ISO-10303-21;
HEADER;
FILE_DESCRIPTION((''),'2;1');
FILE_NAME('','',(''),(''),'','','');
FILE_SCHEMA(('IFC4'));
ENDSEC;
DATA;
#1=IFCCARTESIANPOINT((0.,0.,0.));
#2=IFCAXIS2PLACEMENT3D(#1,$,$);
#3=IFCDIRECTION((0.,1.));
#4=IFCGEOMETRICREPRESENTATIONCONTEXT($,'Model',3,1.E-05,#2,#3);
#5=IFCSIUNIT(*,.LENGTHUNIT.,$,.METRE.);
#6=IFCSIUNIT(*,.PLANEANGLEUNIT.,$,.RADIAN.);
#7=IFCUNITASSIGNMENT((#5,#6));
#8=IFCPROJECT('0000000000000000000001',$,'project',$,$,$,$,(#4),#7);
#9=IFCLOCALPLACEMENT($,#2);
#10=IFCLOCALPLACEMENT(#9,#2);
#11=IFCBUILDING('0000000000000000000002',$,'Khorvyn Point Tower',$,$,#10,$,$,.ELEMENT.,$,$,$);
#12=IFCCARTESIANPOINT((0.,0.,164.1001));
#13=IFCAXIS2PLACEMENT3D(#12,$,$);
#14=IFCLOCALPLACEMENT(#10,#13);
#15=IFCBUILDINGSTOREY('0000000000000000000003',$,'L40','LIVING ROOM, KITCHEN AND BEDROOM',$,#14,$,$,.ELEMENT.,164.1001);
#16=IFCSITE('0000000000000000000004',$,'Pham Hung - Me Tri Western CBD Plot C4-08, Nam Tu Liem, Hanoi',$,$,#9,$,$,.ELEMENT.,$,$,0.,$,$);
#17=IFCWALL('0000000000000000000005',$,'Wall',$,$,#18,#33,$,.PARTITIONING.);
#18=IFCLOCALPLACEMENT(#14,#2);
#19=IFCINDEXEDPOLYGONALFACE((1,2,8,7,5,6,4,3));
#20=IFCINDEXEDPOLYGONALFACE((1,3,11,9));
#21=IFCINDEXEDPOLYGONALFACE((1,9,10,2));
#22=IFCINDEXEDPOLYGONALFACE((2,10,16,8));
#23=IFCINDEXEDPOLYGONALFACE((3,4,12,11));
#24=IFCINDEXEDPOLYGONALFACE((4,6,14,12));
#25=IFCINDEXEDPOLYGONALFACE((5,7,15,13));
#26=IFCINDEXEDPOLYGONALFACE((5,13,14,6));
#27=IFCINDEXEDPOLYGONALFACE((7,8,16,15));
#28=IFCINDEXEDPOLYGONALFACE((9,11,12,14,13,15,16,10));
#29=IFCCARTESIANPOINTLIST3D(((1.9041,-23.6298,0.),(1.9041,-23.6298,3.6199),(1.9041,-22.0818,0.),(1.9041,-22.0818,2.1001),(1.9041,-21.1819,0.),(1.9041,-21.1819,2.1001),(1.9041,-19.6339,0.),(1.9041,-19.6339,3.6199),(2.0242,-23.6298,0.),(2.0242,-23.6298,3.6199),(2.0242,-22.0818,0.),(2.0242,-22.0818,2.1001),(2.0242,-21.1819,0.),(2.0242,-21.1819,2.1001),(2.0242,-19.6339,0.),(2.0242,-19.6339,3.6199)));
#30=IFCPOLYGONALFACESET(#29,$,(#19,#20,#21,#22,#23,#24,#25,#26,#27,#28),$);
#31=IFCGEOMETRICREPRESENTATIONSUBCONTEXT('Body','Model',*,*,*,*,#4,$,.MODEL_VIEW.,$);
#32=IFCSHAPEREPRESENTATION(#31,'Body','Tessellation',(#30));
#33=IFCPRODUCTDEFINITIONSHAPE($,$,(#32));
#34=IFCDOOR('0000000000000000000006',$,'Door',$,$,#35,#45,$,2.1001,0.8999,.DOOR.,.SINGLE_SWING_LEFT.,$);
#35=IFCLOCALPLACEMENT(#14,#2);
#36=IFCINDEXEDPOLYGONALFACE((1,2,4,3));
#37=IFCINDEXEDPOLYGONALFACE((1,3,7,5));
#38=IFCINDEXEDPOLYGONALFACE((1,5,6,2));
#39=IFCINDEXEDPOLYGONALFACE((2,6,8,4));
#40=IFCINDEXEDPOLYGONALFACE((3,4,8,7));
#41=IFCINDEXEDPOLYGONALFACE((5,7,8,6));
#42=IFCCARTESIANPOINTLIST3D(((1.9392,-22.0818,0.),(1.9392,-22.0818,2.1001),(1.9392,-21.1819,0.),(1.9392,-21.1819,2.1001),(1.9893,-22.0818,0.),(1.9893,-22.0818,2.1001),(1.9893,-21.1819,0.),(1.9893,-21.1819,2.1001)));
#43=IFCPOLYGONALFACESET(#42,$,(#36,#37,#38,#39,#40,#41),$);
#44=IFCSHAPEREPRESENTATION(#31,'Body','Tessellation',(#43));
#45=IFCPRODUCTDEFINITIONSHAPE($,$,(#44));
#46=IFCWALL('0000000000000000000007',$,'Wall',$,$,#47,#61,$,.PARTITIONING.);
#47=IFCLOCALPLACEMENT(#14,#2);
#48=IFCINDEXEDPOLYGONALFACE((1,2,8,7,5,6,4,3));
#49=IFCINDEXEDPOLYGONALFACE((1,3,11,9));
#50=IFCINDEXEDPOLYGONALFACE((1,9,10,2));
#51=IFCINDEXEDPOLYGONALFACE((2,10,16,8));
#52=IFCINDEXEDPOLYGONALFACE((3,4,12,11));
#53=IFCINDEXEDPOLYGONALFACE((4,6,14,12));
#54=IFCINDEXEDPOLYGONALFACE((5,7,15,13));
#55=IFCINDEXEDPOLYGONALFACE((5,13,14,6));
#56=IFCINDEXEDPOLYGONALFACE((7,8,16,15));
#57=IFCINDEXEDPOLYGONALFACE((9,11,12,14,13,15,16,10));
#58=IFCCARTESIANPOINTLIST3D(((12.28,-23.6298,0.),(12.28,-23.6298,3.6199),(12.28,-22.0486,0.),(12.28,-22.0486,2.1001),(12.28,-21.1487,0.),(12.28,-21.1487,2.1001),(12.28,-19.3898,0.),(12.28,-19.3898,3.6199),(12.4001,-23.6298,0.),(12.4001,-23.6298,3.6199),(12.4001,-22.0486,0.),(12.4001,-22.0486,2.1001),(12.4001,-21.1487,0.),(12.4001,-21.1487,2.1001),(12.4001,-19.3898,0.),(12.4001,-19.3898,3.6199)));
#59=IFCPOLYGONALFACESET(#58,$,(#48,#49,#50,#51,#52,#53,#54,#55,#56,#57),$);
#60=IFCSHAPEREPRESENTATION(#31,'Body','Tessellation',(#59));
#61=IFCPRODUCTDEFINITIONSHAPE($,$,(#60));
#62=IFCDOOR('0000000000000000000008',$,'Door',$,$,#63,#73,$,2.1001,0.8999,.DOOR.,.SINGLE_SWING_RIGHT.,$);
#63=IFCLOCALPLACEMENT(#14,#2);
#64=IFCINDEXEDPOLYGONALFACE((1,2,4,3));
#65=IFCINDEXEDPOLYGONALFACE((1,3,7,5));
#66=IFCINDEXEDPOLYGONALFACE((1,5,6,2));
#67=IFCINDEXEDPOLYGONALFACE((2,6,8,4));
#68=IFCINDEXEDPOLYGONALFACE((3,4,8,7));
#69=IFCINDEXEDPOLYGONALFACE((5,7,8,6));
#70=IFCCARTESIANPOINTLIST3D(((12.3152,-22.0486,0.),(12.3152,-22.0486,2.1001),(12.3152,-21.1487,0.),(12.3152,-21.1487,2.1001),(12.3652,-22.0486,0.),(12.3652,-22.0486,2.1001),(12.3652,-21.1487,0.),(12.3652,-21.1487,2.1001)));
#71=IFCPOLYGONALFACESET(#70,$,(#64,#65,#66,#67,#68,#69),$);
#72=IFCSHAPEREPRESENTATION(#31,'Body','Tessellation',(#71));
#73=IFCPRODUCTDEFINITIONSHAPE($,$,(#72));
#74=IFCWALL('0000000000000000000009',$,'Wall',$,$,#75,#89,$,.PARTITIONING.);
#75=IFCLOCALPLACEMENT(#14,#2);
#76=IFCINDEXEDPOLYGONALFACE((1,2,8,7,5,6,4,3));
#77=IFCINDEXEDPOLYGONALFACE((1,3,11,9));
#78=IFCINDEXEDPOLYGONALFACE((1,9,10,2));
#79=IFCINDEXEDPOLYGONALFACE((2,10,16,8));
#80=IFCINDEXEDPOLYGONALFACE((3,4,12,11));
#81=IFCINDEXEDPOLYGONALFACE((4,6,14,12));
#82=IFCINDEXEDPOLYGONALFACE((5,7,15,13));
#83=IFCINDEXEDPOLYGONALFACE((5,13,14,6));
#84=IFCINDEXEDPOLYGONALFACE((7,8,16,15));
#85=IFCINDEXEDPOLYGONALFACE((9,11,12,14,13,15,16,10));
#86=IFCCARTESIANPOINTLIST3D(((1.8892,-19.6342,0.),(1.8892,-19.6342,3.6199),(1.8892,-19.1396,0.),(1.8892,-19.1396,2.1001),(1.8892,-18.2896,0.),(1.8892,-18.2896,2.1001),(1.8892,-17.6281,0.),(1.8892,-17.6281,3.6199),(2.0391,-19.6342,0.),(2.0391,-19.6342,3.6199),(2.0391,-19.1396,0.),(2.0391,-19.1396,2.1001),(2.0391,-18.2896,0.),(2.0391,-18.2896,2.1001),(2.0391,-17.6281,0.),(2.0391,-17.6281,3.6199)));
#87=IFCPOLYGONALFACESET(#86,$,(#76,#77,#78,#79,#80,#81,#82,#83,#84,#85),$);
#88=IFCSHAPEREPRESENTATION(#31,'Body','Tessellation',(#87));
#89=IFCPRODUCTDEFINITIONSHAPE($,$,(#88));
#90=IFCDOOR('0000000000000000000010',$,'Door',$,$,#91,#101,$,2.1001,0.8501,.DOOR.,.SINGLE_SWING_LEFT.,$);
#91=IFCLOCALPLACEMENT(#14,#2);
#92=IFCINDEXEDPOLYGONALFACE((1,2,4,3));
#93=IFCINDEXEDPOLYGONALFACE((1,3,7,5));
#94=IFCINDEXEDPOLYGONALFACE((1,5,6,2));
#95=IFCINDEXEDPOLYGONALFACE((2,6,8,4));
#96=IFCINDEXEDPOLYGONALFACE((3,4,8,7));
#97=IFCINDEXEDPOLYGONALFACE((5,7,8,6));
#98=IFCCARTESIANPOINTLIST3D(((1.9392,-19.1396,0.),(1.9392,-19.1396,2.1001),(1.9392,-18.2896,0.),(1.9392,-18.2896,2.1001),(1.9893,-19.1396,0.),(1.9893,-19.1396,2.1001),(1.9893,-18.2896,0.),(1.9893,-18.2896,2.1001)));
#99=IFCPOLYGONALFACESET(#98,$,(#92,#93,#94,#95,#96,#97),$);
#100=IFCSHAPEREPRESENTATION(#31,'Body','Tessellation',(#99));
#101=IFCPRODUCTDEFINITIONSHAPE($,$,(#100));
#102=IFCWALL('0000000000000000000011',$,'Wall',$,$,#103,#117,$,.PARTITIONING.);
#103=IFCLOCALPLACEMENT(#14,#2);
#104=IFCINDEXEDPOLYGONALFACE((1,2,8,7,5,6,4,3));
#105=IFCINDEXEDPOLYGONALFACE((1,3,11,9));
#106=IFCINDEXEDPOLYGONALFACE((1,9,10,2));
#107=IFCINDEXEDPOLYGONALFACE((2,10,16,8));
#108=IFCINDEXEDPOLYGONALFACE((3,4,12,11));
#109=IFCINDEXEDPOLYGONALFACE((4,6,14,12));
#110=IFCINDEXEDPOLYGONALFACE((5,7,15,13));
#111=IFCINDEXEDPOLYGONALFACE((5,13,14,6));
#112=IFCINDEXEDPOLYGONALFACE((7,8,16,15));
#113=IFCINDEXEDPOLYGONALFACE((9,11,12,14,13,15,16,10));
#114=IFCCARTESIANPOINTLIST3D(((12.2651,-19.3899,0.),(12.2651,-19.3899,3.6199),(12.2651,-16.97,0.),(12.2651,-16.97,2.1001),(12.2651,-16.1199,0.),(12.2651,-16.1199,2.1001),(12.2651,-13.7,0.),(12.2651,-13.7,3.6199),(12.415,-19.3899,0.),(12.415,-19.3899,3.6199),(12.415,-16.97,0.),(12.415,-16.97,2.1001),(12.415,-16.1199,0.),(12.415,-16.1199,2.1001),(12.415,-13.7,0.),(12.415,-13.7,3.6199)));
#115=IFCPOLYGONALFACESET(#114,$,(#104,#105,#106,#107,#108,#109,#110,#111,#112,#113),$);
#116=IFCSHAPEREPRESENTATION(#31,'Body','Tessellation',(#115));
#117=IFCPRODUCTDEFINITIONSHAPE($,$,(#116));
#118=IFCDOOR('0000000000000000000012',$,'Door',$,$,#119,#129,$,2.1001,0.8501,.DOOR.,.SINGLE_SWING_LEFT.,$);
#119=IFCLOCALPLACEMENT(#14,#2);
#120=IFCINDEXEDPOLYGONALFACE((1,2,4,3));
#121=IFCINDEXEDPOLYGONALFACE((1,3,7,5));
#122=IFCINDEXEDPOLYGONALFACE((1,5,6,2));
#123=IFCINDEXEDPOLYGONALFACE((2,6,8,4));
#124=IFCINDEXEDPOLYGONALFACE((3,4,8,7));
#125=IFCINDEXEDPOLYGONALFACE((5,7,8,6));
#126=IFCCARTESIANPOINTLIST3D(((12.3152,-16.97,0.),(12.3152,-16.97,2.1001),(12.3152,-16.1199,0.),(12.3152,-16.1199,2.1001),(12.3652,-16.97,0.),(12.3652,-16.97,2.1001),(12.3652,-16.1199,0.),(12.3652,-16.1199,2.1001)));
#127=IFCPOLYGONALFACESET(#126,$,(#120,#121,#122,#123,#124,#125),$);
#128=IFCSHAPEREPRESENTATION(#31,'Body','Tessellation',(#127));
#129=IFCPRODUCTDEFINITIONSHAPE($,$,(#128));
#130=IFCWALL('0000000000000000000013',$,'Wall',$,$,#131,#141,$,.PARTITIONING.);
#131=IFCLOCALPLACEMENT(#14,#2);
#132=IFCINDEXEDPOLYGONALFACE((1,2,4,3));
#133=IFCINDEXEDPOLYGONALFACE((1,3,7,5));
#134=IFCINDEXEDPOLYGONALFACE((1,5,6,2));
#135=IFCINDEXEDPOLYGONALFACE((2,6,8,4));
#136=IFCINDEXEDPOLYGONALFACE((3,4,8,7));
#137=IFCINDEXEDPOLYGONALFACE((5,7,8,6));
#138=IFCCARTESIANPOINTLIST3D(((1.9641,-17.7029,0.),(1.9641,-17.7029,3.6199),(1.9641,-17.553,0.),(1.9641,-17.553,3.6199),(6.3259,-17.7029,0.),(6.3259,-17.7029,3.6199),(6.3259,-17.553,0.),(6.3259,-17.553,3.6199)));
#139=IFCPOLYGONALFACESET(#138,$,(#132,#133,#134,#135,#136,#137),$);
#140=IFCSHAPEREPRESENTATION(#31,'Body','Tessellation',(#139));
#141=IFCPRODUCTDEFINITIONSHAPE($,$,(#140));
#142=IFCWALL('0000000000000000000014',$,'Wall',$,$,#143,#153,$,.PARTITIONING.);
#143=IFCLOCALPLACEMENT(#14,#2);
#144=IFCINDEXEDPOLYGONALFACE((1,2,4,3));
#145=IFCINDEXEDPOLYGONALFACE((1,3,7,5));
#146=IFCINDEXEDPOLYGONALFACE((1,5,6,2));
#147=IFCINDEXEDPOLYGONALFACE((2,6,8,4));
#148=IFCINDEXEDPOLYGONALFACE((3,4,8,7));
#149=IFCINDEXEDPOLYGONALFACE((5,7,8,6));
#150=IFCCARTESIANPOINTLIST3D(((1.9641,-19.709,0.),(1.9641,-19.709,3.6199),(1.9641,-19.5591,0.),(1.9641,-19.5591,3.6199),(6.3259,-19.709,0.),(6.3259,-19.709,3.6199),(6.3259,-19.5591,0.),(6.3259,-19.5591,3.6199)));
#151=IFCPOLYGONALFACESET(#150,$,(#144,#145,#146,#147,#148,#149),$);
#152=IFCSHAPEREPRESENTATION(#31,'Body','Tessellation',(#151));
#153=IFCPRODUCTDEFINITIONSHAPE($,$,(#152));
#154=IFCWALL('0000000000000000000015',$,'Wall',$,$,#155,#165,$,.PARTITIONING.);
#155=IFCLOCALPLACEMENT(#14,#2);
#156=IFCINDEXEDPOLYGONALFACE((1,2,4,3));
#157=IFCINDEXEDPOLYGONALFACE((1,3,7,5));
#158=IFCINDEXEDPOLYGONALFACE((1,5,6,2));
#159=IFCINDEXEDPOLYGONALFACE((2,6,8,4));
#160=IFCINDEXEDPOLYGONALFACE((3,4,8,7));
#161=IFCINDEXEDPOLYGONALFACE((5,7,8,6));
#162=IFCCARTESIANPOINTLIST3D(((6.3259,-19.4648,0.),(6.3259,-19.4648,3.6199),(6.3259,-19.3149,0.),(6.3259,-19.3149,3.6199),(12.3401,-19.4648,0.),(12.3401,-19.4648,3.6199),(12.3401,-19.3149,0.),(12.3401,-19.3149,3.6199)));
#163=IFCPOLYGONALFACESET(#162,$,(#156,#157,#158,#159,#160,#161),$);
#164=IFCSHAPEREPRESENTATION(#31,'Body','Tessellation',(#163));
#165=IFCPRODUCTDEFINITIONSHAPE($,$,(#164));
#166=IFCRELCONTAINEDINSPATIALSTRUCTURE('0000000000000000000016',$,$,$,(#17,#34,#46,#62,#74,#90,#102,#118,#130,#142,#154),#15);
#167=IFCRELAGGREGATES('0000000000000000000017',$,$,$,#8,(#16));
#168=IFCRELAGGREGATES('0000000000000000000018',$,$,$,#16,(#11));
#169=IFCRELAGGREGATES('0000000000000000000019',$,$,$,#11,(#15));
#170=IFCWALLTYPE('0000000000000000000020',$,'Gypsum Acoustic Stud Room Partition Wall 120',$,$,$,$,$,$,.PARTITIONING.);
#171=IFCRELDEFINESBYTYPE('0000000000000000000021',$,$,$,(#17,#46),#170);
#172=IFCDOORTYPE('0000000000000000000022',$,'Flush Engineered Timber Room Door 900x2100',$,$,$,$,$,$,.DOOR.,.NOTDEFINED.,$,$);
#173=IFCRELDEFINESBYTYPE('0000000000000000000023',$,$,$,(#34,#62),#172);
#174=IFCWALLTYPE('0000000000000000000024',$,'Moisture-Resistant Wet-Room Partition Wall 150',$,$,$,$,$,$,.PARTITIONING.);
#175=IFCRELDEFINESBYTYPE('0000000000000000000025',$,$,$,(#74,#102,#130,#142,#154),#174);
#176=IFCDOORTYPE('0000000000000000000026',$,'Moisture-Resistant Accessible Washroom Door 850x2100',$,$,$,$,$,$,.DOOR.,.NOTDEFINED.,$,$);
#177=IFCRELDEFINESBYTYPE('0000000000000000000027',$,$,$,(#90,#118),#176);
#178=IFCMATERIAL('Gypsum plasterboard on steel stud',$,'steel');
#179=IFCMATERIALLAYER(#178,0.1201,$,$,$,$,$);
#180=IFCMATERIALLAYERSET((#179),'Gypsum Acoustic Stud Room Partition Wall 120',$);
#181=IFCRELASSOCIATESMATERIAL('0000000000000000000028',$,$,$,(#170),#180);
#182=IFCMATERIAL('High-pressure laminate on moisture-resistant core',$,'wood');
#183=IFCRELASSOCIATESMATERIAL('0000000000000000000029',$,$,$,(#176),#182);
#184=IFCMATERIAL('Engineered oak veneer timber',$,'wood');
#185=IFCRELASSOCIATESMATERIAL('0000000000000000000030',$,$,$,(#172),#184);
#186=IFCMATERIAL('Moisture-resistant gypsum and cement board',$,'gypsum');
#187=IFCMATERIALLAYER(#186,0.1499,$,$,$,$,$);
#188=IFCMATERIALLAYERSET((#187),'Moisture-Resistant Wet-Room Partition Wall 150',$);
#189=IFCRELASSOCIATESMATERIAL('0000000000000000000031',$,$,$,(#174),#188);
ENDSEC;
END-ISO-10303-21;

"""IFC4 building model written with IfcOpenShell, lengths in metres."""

from ifc_helpers import new_model, si_unit, direction, frame, frame_2d, origin, place, context, subcontext, project, spatial, rectangle, extrude, material, layer, layer_set, type_object, element, fill, save


model = new_model("IFC4")

# Units and contexts
model_context = context("Model", 3, precision=1e-05, world=origin(), true_north=direction((0.0, 1.0)))
body_context = subcontext(model_context, "Body", "Model", "MODEL_VIEW")
ifc_project = project(units=[si_unit("LENGTHUNIT", "METRE"), si_unit("PLANEANGLEUNIT", "RADIAN")], contexts=[model_context])

# Site, building, storey
site_placement = place(None, origin())
site = spatial("IfcSite", under=ifc_project, at=site_placement, Name="Pham Hung - Me Tri Western CBD Plot C4-08, Nam Tu Liem, Hanoi", CompositionType="ELEMENT", RefElevation=0.0)
building_placement = place(site_placement, origin())
building = spatial("IfcBuilding", under=site, at=building_placement, Name="Khorvyn Point Tower", CompositionType="ELEMENT")
storey_placement = place(building_placement, frame((0.0, 0.0, 164.1001)))
storey = spatial("IfcBuildingStorey", under=building, at=storey_placement, Name="L40", Description="LIVING ROOM, KITCHEN AND BEDROOM", CompositionType="ELEMENT", Elevation=164.1001)

# Walls, openings, doors
ifc_material_1 = material(Name="Gypsum plasterboard on steel stud", Category="steel")
ifc_layer_1 = layer(ifc_material_1, 0.1201)
ifc_layer_set_1 = layer_set([ifc_layer_1], Name="Gypsum Acoustic Stud Room Partition Wall 120")
wall_type_1 = type_object("IfcWallType", Name="Gypsum Acoustic Stud Room Partition Wall 120", PredefinedType="PARTITIONING", material=ifc_layer_set_1)
ifc_material_2 = material(Name="High-pressure laminate on moisture-resistant core", Category="wood")
door_type_1 = type_object("IfcDoorType", Name="Moisture-Resistant Accessible Washroom Door 850x2100", OperationType="NOTDEFINED", PredefinedType="DOOR", material=ifc_material_2)
wall_1_placement = place(storey_placement, frame((1.9641, -23.6299, 0.0), z_axis=(0.0, 0.0, 1.0), x_axis=(0.0, 1.0, 0.0)))
wall_1 = element("IfcWall", 1, at=wall_1_placement, inside=storey, type_object=wall_type_1, Name="Wall", PredefinedType="PARTITIONING", context=body_context, shape_type="SweptSolid", body=[
    extrude(rectangle(XDim=3.9958, YDim=0.1201, at=frame_2d((1.998, 0.0))), origin(), (0.0, 0.0, 1.0), 3.6199),
])
opening_1_placement = place(wall_1_placement, frame((1.5481, 0.0, 0.0)))
opening_1 = element("IfcOpeningElement", 2, at=opening_1_placement, cuts=wall_1, PredefinedType="OPENING", context=body_context, shape_type="SweptSolid", body=[
    extrude(rectangle(XDim=0.8999, YDim=2.1001, at=frame_2d((0.45, 1.05))), frame((0.0, 0.0701, 0.0), z_axis=(0.0, -1.0, 0.0), x_axis=(1.0, 0.0, 0.0)), (0.0, 0.0, 1.0), 0.1401),
])
ifc_material_3 = material(Name="Engineered oak veneer timber", Category="wood")
door_type_2 = type_object("IfcDoorType", Name="Flush Engineered Timber Room Door 900x2100", OperationType="NOTDEFINED", PredefinedType="DOOR", material=ifc_material_3)
door_1_placement = place(opening_1_placement, origin())
door_1 = element("IfcDoor", 3, at=door_1_placement, inside=storey, type_object=door_type_2, Name="Door", OperationType="SINGLE_SWING_LEFT", OverallHeight=2.1001, OverallWidth=0.8999, PredefinedType="DOOR", context=body_context, shape_type="SweptSolid", body=[
    extrude(rectangle(XDim=0.8999, YDim=2.1001, at=frame_2d((0.45, 1.05))), frame((0.0, 0.0249, 0.0), z_axis=(0.0, -1.0, 0.0), x_axis=(1.0, 0.0, 0.0)), (0.0, 0.0, 1.0), 0.05),
])
fill(opening_1, door_1)
wall_2_placement = place(storey_placement, frame((12.3401, -23.6299, 0.0), z_axis=(0.0, 0.0, 1.0), x_axis=(0.0, 1.0, 0.0)))
wall_2 = element("IfcWall", 4, at=wall_2_placement, inside=storey, type_object=wall_type_1, Name="Wall", PredefinedType="PARTITIONING", context=body_context, shape_type="SweptSolid", body=[
    extrude(rectangle(XDim=4.24, YDim=0.1201, at=frame_2d((2.1201, 0.0))), origin(), (0.0, 0.0, 1.0), 3.6199),
])
opening_2_placement = place(wall_2_placement, frame((1.5813, 0.0, 0.0)))
opening_2 = element("IfcOpeningElement", 5, at=opening_2_placement, cuts=wall_2, PredefinedType="OPENING", context=body_context, shape_type="SweptSolid", body=[
    extrude(rectangle(XDim=0.8999, YDim=2.1001, at=frame_2d((0.45, 1.05))), frame((0.0, 0.0701, 0.0), z_axis=(0.0, -1.0, 0.0), x_axis=(1.0, 0.0, 0.0)), (0.0, 0.0, 1.0), 0.1401),
])
door_2_placement = place(opening_2_placement, origin())
door_2 = element("IfcDoor", 6, at=door_2_placement, inside=storey, type_object=door_type_2, Name="Door", OperationType="SINGLE_SWING_RIGHT", OverallHeight=2.1001, OverallWidth=0.8999, PredefinedType="DOOR", context=body_context, shape_type="SweptSolid", body=[
    extrude(rectangle(XDim=0.8999, YDim=2.1001, at=frame_2d((0.45, 1.05))), frame((0.0, 0.0249, 0.0), z_axis=(0.0, -1.0, 0.0), x_axis=(1.0, 0.0, 0.0)), (0.0, 0.0, 1.0), 0.05),
])
fill(opening_2, door_2)
ifc_material_4 = material(Name="Moisture-resistant gypsum and cement board", Category="gypsum")
ifc_layer_2 = layer(ifc_material_4, 0.1499)
ifc_layer_set_2 = layer_set([ifc_layer_2], Name="Moisture-Resistant Wet-Room Partition Wall 150")
wall_type_2 = type_object("IfcWallType", Name="Moisture-Resistant Wet-Room Partition Wall 150", PredefinedType="PARTITIONING", material=ifc_layer_set_2)
wall_3_placement = place(storey_placement, frame((1.9641, -19.634, 0.0), z_axis=(0.0, 0.0, 1.0), x_axis=(0.0, 1.0, 0.0)))
wall_3 = element("IfcWall", 7, at=wall_3_placement, inside=storey, type_object=wall_type_2, Name="Wall", PredefinedType="PARTITIONING", context=body_context, shape_type="SweptSolid", body=[
    extrude(rectangle(XDim=2.0061, YDim=0.1499, at=frame_2d((1.0029, 0.0))), origin(), (0.0, 0.0, 1.0), 3.6199),
])
opening_3_placement = place(wall_3_placement, frame((0.4944, 0.0, 0.0)))
opening_3 = element("IfcOpeningElement", 8, at=opening_3_placement, cuts=wall_3, PredefinedType="OPENING", context=body_context, shape_type="SweptSolid", body=[
    extrude(rectangle(XDim=0.8501, YDim=2.1001, at=frame_2d((0.425, 1.05))), frame((0.0, 0.085, 0.0), z_axis=(0.0, -1.0, 0.0), x_axis=(1.0, 0.0, 0.0)), (0.0, 0.0, 1.0), 0.1699),
])
door_3_placement = place(opening_3_placement, origin())
door_3 = element("IfcDoor", 9, at=door_3_placement, inside=storey, type_object=door_type_1, Name="Door", OperationType="SINGLE_SWING_LEFT", OverallHeight=2.1001, OverallWidth=0.8501, PredefinedType="DOOR", context=body_context, shape_type="SweptSolid", body=[
    extrude(rectangle(XDim=0.8501, YDim=2.1001, at=frame_2d((0.425, 1.05))), frame((0.0, 0.0249, 0.0), z_axis=(0.0, -1.0, 0.0), x_axis=(1.0, 0.0, 0.0)), (0.0, 0.0, 1.0), 0.05),
])
fill(opening_3, door_3)
wall_4_placement = place(storey_placement, frame((12.3401, -19.3899, 0.0), z_axis=(0.0, 0.0, 1.0), x_axis=(0.0, 1.0, 0.0)))
wall_4 = element("IfcWall", 10, at=wall_4_placement, inside=storey, type_object=wall_type_2, Name="Wall", PredefinedType="PARTITIONING", context=body_context, shape_type="SweptSolid", body=[
    extrude(rectangle(XDim=5.6899, YDim=0.1499, at=frame_2d((2.845, 0.0))), origin(), (0.0, 0.0, 1.0), 3.6199),
])
opening_4_placement = place(wall_4_placement, frame((2.4199, 0.0, 0.0)))
opening_4 = element("IfcOpeningElement", 11, at=opening_4_placement, cuts=wall_4, PredefinedType="OPENING", context=body_context, shape_type="SweptSolid", body=[
    extrude(rectangle(XDim=0.8501, YDim=2.1001, at=frame_2d((0.425, 1.05))), frame((0.0, 0.085, 0.0), z_axis=(0.0, -1.0, 0.0), x_axis=(1.0, 0.0, 0.0)), (0.0, 0.0, 1.0), 0.1699),
])
door_4_placement = place(opening_4_placement, origin())
door_4 = element("IfcDoor", 12, at=door_4_placement, inside=storey, type_object=door_type_1, Name="Door", OperationType="SINGLE_SWING_LEFT", OverallHeight=2.1001, OverallWidth=0.8501, PredefinedType="DOOR", context=body_context, shape_type="SweptSolid", body=[
    extrude(rectangle(XDim=0.8501, YDim=2.1001, at=frame_2d((0.425, 1.05))), frame((0.0, 0.0249, 0.0), z_axis=(0.0, -1.0, 0.0), x_axis=(1.0, 0.0, 0.0)), (0.0, 0.0, 1.0), 0.05),
])
fill(opening_4, door_4)

# Walls
for number, where, z_axis, x_axis, name in (
    (13, (1.9641, -17.6279, 0.0), (0.0, 0.0, 1.0), (1.0, 0.0, 0.0), "Wall"),
    (14, (1.9641, -19.634, 0.0), (0.0, 0.0, 1.0), (1.0, 0.0, 0.0), "Wall"),
):
    element("IfcWall", number, at=place(storey_placement, frame(where, z_axis=z_axis, x_axis=x_axis)), inside=storey, type_object=wall_type_2, Name=name, PredefinedType="PARTITIONING", context=body_context, shape_type="SweptSolid", body=[
        extrude(rectangle(XDim=4.3618, YDim=0.1499, at=frame_2d((2.1809, 0.0))), origin(), (0.0, 0.0, 1.0), 3.6199),
    ])
wall_5_placement = place(storey_placement, frame((6.3259, -19.3899, 0.0), z_axis=(0.0, 0.0, 1.0), x_axis=(1.0, 0.0, 0.0)))
element("IfcWall", 15, at=wall_5_placement, inside=storey, type_object=wall_type_2, Name="Wall", PredefinedType="PARTITIONING", context=body_context, shape_type="SweptSolid", body=[
    extrude(rectangle(XDim=6.0142, YDim=0.1499, at=frame_2d((3.0071, 0.0))), origin(), (0.0, 0.0, 1.0), 3.6199),
])

save(model, "model.ifc")
